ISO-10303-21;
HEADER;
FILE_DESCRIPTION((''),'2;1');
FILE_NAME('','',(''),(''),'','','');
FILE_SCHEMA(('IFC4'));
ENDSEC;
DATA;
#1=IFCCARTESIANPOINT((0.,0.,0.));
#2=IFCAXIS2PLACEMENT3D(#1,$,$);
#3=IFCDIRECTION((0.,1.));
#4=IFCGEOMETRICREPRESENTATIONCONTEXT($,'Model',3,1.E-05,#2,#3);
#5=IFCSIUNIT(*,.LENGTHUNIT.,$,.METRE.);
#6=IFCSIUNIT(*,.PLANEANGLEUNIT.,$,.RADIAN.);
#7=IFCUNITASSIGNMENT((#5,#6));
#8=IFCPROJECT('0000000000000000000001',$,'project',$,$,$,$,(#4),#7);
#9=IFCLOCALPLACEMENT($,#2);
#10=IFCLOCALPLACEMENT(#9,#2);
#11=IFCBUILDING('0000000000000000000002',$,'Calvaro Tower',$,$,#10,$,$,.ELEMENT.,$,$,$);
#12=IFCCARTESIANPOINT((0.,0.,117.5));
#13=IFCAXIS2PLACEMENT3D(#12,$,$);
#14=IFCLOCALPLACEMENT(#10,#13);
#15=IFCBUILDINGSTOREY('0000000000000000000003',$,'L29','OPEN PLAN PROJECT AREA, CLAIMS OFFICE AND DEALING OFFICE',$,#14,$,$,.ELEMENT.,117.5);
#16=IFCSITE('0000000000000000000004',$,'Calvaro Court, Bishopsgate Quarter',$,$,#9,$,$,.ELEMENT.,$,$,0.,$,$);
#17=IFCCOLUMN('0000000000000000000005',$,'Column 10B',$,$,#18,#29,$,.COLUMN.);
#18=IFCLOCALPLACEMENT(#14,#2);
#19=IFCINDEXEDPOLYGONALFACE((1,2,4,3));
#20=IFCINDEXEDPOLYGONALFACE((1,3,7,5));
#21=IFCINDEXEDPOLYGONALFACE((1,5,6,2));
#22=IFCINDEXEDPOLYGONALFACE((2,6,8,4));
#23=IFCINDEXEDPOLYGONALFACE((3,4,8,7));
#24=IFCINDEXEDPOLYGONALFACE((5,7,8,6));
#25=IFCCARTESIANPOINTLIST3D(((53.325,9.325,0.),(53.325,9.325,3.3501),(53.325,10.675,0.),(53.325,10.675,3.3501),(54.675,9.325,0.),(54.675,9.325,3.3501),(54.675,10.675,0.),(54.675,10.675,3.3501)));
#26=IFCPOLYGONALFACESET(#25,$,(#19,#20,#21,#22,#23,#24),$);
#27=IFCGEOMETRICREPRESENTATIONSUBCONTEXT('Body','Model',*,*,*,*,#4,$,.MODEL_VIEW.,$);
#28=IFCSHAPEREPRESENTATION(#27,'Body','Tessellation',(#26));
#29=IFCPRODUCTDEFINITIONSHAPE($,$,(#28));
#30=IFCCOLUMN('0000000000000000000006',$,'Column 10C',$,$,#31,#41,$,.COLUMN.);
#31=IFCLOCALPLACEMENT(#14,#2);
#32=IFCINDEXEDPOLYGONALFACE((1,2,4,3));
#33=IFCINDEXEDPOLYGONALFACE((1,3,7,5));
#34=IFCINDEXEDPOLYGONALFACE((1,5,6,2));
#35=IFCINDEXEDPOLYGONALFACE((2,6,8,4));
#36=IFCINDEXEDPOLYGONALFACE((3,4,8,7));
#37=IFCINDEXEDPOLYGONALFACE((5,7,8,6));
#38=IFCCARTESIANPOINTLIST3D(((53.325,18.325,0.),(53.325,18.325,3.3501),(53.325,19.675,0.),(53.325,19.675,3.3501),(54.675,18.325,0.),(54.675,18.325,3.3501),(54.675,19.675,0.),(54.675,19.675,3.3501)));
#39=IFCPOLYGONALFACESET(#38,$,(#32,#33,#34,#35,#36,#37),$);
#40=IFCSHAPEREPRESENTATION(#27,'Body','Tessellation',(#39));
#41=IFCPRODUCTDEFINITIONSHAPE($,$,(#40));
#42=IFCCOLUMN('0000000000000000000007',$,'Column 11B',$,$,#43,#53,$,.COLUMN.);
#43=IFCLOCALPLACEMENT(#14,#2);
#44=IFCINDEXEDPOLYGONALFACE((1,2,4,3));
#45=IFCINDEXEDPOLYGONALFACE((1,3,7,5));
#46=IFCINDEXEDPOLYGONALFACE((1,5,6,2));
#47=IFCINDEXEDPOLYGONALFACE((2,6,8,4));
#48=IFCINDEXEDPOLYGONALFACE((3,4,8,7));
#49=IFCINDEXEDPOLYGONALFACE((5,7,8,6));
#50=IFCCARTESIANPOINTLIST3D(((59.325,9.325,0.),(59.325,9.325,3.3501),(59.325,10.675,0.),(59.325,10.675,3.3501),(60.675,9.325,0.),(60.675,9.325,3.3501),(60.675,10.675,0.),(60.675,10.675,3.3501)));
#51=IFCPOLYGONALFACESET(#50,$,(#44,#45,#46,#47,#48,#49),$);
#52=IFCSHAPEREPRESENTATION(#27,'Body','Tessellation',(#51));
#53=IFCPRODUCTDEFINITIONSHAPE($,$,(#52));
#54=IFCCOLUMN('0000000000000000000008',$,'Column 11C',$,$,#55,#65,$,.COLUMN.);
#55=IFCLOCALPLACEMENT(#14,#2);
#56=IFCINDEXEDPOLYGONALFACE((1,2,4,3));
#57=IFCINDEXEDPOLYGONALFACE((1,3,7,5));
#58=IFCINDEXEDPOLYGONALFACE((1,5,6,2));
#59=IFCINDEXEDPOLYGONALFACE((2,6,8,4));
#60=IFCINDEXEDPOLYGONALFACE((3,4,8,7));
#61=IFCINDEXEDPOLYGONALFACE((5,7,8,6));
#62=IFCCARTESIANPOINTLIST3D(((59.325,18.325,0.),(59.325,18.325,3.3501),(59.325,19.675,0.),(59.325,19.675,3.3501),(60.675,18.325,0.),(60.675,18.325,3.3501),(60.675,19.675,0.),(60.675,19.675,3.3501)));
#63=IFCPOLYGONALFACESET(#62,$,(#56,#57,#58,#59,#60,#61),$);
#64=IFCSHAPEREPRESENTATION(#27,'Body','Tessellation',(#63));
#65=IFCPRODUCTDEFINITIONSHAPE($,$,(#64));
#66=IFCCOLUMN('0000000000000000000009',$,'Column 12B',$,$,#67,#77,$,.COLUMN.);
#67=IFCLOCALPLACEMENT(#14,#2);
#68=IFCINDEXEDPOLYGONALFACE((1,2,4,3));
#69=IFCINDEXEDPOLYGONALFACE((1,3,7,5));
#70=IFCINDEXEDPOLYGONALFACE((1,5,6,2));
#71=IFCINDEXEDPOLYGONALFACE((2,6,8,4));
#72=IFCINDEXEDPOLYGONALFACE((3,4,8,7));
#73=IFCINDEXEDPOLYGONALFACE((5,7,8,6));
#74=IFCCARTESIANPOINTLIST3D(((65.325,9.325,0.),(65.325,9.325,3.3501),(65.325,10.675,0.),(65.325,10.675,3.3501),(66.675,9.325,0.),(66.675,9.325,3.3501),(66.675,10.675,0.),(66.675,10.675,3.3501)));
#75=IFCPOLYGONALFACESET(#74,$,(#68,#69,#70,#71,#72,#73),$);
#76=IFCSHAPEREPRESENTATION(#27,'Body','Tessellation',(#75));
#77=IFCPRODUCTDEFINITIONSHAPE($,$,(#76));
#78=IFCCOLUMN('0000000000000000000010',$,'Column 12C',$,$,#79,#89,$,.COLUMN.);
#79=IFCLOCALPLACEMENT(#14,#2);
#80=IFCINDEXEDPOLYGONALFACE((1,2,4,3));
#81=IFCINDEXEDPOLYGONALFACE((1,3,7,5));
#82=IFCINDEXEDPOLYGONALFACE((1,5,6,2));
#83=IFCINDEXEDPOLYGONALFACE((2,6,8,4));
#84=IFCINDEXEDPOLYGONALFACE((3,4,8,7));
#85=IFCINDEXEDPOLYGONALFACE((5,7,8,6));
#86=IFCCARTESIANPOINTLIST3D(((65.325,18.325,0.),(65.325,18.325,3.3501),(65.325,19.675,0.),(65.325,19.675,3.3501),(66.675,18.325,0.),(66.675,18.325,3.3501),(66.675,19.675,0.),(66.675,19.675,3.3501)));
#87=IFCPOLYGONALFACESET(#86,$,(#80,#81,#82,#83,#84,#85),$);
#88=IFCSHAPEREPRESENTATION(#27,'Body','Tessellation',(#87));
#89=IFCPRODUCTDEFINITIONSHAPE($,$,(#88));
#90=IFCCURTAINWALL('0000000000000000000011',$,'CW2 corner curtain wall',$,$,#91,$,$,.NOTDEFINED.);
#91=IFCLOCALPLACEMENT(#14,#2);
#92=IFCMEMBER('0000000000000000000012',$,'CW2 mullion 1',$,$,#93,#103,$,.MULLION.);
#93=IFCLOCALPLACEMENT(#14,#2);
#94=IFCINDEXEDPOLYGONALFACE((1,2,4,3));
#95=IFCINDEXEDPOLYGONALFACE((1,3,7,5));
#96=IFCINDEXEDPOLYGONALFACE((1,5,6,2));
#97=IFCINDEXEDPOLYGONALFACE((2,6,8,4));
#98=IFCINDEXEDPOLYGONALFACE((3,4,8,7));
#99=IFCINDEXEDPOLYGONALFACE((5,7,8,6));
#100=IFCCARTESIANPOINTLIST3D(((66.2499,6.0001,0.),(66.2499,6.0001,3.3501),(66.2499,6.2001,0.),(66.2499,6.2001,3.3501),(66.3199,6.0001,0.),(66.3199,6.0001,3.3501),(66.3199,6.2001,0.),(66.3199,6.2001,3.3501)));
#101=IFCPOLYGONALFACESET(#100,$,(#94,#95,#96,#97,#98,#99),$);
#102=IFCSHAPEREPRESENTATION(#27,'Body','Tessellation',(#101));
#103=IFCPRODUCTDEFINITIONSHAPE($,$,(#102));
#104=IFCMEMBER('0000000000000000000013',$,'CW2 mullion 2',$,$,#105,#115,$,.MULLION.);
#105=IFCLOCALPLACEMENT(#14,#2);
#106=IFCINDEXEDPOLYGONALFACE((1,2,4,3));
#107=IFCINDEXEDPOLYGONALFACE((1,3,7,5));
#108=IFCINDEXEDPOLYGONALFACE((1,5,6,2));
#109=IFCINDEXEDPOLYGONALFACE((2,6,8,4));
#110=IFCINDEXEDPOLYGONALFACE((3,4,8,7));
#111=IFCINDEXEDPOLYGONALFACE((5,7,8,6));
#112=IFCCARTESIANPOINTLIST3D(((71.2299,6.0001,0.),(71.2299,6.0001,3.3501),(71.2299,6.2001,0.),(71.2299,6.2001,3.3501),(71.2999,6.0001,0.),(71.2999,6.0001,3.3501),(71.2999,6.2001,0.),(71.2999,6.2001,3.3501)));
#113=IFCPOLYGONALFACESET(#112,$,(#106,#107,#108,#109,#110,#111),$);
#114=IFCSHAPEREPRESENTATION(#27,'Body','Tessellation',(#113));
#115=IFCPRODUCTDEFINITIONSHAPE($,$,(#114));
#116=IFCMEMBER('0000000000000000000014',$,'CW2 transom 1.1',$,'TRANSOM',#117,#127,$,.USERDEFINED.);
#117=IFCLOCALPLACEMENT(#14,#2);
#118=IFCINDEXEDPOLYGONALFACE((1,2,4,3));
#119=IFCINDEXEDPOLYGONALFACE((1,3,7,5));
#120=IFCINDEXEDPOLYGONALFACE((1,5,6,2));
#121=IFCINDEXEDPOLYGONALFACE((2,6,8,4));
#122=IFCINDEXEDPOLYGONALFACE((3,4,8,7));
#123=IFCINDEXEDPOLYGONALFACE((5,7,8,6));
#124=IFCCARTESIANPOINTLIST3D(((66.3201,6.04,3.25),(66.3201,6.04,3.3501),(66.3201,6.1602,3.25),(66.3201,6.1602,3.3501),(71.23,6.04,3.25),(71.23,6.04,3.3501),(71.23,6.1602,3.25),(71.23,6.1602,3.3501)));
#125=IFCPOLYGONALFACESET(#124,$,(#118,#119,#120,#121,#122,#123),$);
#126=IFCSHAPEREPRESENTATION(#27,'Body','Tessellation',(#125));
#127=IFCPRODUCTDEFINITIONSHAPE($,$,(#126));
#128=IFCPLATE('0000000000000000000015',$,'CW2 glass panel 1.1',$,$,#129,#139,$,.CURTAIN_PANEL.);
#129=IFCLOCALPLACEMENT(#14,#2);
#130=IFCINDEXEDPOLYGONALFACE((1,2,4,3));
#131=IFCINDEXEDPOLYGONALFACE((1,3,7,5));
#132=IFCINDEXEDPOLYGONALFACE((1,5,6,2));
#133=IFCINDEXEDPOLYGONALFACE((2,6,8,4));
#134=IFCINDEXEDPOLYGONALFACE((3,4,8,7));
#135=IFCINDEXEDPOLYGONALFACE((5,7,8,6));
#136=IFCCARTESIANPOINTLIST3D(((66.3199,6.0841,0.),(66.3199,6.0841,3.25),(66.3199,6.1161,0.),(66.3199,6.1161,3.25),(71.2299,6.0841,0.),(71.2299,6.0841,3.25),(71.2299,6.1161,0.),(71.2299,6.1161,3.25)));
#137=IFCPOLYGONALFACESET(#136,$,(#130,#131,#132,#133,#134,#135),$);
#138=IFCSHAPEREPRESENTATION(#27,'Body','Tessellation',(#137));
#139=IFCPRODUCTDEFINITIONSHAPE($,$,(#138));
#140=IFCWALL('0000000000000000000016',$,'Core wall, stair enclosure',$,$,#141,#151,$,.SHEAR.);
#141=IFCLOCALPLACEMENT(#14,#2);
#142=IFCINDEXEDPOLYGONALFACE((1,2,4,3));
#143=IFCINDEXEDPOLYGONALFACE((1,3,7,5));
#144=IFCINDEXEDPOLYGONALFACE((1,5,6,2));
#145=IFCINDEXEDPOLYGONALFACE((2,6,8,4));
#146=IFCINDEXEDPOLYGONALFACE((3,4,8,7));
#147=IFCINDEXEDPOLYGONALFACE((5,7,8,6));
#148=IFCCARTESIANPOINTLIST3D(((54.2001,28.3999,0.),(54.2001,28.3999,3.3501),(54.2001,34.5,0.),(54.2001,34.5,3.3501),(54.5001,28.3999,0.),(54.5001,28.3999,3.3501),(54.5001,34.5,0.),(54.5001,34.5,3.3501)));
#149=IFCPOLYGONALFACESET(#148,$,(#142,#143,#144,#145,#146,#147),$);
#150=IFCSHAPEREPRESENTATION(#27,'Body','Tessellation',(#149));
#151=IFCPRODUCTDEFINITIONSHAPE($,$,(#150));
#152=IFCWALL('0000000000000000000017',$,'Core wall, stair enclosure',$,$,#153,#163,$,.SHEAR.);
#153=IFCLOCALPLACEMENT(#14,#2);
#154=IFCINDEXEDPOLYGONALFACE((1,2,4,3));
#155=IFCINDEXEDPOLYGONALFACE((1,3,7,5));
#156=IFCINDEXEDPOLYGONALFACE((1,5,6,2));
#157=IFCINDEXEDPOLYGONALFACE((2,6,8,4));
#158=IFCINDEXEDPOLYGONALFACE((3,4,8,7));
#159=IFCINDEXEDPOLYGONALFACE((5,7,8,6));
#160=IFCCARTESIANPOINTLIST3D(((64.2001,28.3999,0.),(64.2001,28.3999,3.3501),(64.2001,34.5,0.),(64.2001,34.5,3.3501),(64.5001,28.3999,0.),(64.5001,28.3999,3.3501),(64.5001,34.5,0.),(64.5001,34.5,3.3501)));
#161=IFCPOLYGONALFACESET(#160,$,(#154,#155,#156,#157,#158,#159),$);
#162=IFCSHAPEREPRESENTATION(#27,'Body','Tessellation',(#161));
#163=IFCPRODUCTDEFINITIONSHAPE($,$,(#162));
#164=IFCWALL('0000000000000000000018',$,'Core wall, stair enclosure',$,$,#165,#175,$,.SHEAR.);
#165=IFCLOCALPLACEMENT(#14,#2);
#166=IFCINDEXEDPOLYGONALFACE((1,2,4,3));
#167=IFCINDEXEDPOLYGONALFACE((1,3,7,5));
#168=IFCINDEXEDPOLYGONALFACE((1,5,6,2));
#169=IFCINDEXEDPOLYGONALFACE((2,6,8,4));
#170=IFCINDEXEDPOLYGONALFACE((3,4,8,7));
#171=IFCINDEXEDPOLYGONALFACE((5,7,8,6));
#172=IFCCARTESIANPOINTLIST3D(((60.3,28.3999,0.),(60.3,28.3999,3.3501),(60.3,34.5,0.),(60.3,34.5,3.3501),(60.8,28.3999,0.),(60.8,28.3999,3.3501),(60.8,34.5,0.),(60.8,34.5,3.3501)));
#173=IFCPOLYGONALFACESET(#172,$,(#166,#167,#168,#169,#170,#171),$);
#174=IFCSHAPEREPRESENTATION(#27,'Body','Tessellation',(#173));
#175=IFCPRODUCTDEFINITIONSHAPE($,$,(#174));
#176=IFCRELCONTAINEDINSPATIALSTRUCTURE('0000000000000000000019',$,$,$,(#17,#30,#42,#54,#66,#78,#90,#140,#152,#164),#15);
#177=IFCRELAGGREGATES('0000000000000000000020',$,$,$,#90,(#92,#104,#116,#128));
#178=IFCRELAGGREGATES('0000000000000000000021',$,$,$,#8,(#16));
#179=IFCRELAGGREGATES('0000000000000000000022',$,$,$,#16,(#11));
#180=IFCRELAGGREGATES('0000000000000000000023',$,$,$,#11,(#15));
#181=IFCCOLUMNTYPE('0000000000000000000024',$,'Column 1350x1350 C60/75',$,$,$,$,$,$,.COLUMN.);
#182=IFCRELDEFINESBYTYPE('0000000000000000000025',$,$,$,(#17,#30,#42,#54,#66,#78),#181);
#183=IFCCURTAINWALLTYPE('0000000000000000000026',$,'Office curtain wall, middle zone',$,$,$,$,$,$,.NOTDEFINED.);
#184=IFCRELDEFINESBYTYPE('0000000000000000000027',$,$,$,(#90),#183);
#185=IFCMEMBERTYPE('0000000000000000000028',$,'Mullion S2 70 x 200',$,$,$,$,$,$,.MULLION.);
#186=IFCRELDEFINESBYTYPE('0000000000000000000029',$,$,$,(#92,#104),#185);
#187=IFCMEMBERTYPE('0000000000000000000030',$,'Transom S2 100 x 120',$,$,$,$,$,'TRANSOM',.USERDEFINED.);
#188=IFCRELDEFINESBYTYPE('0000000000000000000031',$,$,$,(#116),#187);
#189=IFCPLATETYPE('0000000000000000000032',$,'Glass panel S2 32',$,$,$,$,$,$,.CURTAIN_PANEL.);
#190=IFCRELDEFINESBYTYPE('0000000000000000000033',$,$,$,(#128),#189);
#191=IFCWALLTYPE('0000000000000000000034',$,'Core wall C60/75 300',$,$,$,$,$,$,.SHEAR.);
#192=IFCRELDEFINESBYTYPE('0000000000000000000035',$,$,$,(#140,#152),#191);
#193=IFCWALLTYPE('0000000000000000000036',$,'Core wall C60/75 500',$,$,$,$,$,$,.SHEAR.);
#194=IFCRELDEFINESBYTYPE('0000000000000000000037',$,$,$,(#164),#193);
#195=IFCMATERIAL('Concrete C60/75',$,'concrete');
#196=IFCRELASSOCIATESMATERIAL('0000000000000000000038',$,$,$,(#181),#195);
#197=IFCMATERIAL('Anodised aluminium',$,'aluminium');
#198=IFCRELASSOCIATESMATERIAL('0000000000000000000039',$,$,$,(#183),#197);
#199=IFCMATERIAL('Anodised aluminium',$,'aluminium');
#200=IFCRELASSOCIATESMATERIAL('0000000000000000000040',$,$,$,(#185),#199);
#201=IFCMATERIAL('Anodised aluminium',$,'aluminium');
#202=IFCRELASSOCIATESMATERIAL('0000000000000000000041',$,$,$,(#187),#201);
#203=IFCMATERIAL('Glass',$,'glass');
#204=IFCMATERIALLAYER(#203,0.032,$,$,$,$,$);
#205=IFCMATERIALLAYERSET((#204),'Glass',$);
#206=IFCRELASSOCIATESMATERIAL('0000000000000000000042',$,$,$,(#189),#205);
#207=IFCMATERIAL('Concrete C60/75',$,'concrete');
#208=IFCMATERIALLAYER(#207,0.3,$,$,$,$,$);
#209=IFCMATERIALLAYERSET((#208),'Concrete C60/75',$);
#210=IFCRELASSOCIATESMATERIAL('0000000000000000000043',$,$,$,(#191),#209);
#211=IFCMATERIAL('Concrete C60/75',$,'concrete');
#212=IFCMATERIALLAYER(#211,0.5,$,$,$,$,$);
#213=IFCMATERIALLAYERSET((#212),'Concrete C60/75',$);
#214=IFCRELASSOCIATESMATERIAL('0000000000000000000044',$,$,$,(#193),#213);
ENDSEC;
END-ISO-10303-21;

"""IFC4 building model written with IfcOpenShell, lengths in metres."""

from ifc_helpers import new_model, si_unit, direction, frame, frame_2d, origin, origin_2d, place, context, subcontext, project, spatial, rectangle, extrude, material, layer, layer_set, material_profile, profile_set, type_object, element, aggregate, save


model = new_model("IFC4")

# Units and contexts
model_context = context("Model", 3, precision=1e-05, world=origin(), true_north=direction((0.0, 1.0)))
body_context = subcontext(model_context, "Body", "Model", "MODEL_VIEW")
ifc_project = project(units=[si_unit("LENGTHUNIT", "METRE"), si_unit("PLANEANGLEUNIT", "RADIAN")], contexts=[model_context])

# Site, building, storey
site_placement = place(None, origin())
site = spatial("IfcSite", under=ifc_project, at=site_placement, Name="Calvaro Court, Bishopsgate Quarter", CompositionType="ELEMENT", RefElevation=0.0)
building_placement = place(site_placement, origin())
building = spatial("IfcBuilding", under=site, at=building_placement, Name="Calvaro Tower", CompositionType="ELEMENT")
storey_placement = place(building_placement, frame((0.0, 0.0, 117.5)))
storey = spatial("IfcBuildingStorey", under=building, at=storey_placement, Name="L29", Description="OPEN PLAN PROJECT AREA, CLAIMS OFFICE AND DEALING OFFICE", CompositionType="ELEMENT", Elevation=117.5)

# Columns
ifc_material_1 = material(Name="Concrete C60/75", Category="concrete")
ifc_material_profile_1 = material_profile(ifc_material_1, rectangle(XDim=1.3501, YDim=1.3501, at=origin_2d()), Name="RC 1350x1350")
ifc_profile_set_1 = profile_set([ifc_material_profile_1], Name="Concrete C60/75")
column_type = type_object("IfcColumnType", Name="Column 1350x1350 C60/75", PredefinedType="COLUMN", material=ifc_profile_set_1)
for number, where, z_axis, x_axis, name in (
    (1, (54.0, 10.0, 0.0), (0.0, 0.0, 1.0), (1.0, 0.0, 0.0), "Column 10B"),
    (2, (54.0, 19.0, 0.0), (0.0, 0.0, 1.0), (1.0, 0.0, 0.0), "Column 10C"),
    (3, (60.0, 10.0, 0.0), (0.0, 0.0, 1.0), (1.0, 0.0, 0.0), "Column 11B"),
    (4, (60.0, 19.0, 0.0), (0.0, 0.0, 1.0), (1.0, 0.0, 0.0), "Column 11C"),
    (5, (66.0, 10.0, 0.0), (0.0, 0.0, 1.0), (1.0, 0.0, 0.0), "Column 12B"),
    (6, (66.0, 19.0, 0.0), (0.0, 0.0, 1.0), (1.0, 0.0, 0.0), "Column 12C"),
):
    element("IfcColumn", number, at=place(storey_placement, frame(where, z_axis=z_axis, x_axis=x_axis)), inside=storey, type_object=column_type, Name=name, PredefinedType="COLUMN", context=body_context, shape_type="SweptSolid", body=[
        extrude(rectangle(XDim=1.3501, YDim=1.3501, at=origin_2d()), origin(), (0.0, 0.0, 1.0), 3.3501),
    ])

# Curtain wall, members, plate
ifc_material_2 = material(Name="Anodised aluminium", Category="aluminium")
curtain_wall_type = type_object("IfcCurtainWallType", Name="Office curtain wall, middle zone", PredefinedType="NOTDEFINED", material=ifc_material_2)
curtain_wall_placement = place(storey_placement, origin())
curtain_wall = element("IfcCurtainWall", 7, at=curtain_wall_placement, inside=storey, type_object=curtain_wall_type, Name="CW2 corner curtain wall", PredefinedType="NOTDEFINED")
ifc_material_3 = material(Name="Anodised aluminium", Category="aluminium")
ifc_material_profile_2 = material_profile(ifc_material_3, rectangle(XDim=0.2, YDim=0.0701, at=origin_2d()), Name="Mullion S2 70 x 200")
ifc_profile_set_2 = profile_set([ifc_material_profile_2], Name="Anodised aluminium")
member_type_1 = type_object("IfcMemberType", Name="Mullion S2 70 x 200", PredefinedType="MULLION", material=ifc_profile_set_2)
member_1_placement = place(storey_placement, frame((66.2849, 6.1001, 0.0), z_axis=(0.0, 0.0, 1.0), x_axis=(0.0, 1.0, 0.0)))
member_1 = element("IfcMember", 8, at=member_1_placement, type_object=member_type_1, Name="CW2 mullion 1", PredefinedType="MULLION", context=body_context, shape_type="SweptSolid", body=[
    extrude(rectangle(XDim=0.2, YDim=0.0701, at=origin_2d()), origin(), (0.0, 0.0, 1.0), 3.3501),
])
member_2_placement = place(storey_placement, frame((71.2649, 6.1001, 0.0), z_axis=(0.0, 0.0, 1.0), x_axis=(0.0, 1.0, 0.0)))
member_2 = element("IfcMember", 9, at=member_2_placement, type_object=member_type_1, Name="CW2 mullion 2", PredefinedType="MULLION", context=body_context, shape_type="SweptSolid", body=[
    extrude(rectangle(XDim=0.2, YDim=0.0701, at=origin_2d()), origin(), (0.0, 0.0, 1.0), 3.3501),
])
ifc_material_4 = material(Name="Anodised aluminium", Category="aluminium")
ifc_material_profile_3 = material_profile(ifc_material_4, rectangle(XDim=0.1201, YDim=0.1001, at=origin_2d()), Name="Transom S2 100 x 120")
ifc_profile_set_3 = profile_set([ifc_material_profile_3], Name="Anodised aluminium")
member_type_2 = type_object("IfcMemberType", Name="Transom S2 100 x 120", ElementType="TRANSOM", PredefinedType="USERDEFINED", material=ifc_profile_set_3)
member_3_placement = place(storey_placement, frame((66.3201, 6.1001, 3.3), z_axis=(1.0, 0.0, 0.0), x_axis=(0.0, 1.0, 0.0)))
member_3 = element("IfcMember", 10, at=member_3_placement, type_object=member_type_2, Name="CW2 transom 1.1", ObjectType="TRANSOM", PredefinedType="USERDEFINED", context=body_context, shape_type="SweptSolid", body=[
    extrude(rectangle(XDim=0.1201, YDim=0.1001, at=origin_2d()), origin(), (0.0, 0.0, 1.0), 4.9099),
])
ifc_material_5 = material(Name="Glass", Category="glass")
ifc_layer_1 = layer(ifc_material_5, 0.032)
ifc_layer_set_1 = layer_set([ifc_layer_1], Name="Glass")
plate_type = type_object("IfcPlateType", Name="Glass panel S2 32", PredefinedType="CURTAIN_PANEL", material=ifc_layer_set_1)
plate_placement = place(storey_placement, frame((68.7749, 6.1001, 0.0), z_axis=(0.0, 0.0, 1.0), x_axis=(1.0, 0.0, 0.0)))
plate = element("IfcPlate", 11, at=plate_placement, type_object=plate_type, Name="CW2 glass panel 1.1", PredefinedType="CURTAIN_PANEL", context=body_context, shape_type="SweptSolid", body=[
    extrude(rectangle(XDim=4.9099, YDim=0.032, at=origin_2d()), origin(), (0.0, 0.0, 1.0), 3.25),
])
aggregate(curtain_wall, [member_1, member_2, member_3, plate])

# Walls
ifc_material_6 = material(Name="Concrete C60/75", Category="concrete")
ifc_layer_2 = layer(ifc_material_6, 0.3)
ifc_layer_set_2 = layer_set([ifc_layer_2], Name="Concrete C60/75")
wall_type_1 = type_object("IfcWallType", Name="Core wall C60/75 300", PredefinedType="SHEAR", material=ifc_layer_set_2)
for number, where, z_axis, x_axis, name in (
    (12, (54.3501, 28.3999, 0.0), (0.0, 0.0, 1.0), (0.0, 1.0, 0.0), "Core wall, stair enclosure"),
    (13, (64.3501, 28.3999, 0.0), (0.0, 0.0, 1.0), (0.0, 1.0, 0.0), "Core wall, stair enclosure"),
):
    element("IfcWall", number, at=place(storey_placement, frame(where, z_axis=z_axis, x_axis=x_axis)), inside=storey, type_object=wall_type_1, Name=name, PredefinedType="SHEAR", context=body_context, shape_type="SweptSolid", body=[
        extrude(rectangle(XDim=6.1001, YDim=0.3, at=frame_2d((3.05, 0.0))), origin(), (0.0, 0.0, 1.0), 3.3501),
    ])
ifc_material_7 = material(Name="Concrete C60/75", Category="concrete")
ifc_layer_3 = layer(ifc_material_7, 0.5)
ifc_layer_set_3 = layer_set([ifc_layer_3], Name="Concrete C60/75")
wall_type_2 = type_object("IfcWallType", Name="Core wall C60/75 500", PredefinedType="SHEAR", material=ifc_layer_set_3)
wall_1_placement = place(storey_placement, frame((60.55, 28.3999, 0.0), z_axis=(0.0, 0.0, 1.0), x_axis=(0.0, 1.0, 0.0)))
element("IfcWall", 14, at=wall_1_placement, inside=storey, type_object=wall_type_2, Name="Core wall, stair enclosure", PredefinedType="SHEAR", context=body_context, shape_type="SweptSolid", body=[
    extrude(rectangle(XDim=6.1001, YDim=0.5, at=frame_2d((3.05, 0.0))), origin(), (0.0, 0.0, 1.0), 3.3501),
])

save(model, "model.ifc")
